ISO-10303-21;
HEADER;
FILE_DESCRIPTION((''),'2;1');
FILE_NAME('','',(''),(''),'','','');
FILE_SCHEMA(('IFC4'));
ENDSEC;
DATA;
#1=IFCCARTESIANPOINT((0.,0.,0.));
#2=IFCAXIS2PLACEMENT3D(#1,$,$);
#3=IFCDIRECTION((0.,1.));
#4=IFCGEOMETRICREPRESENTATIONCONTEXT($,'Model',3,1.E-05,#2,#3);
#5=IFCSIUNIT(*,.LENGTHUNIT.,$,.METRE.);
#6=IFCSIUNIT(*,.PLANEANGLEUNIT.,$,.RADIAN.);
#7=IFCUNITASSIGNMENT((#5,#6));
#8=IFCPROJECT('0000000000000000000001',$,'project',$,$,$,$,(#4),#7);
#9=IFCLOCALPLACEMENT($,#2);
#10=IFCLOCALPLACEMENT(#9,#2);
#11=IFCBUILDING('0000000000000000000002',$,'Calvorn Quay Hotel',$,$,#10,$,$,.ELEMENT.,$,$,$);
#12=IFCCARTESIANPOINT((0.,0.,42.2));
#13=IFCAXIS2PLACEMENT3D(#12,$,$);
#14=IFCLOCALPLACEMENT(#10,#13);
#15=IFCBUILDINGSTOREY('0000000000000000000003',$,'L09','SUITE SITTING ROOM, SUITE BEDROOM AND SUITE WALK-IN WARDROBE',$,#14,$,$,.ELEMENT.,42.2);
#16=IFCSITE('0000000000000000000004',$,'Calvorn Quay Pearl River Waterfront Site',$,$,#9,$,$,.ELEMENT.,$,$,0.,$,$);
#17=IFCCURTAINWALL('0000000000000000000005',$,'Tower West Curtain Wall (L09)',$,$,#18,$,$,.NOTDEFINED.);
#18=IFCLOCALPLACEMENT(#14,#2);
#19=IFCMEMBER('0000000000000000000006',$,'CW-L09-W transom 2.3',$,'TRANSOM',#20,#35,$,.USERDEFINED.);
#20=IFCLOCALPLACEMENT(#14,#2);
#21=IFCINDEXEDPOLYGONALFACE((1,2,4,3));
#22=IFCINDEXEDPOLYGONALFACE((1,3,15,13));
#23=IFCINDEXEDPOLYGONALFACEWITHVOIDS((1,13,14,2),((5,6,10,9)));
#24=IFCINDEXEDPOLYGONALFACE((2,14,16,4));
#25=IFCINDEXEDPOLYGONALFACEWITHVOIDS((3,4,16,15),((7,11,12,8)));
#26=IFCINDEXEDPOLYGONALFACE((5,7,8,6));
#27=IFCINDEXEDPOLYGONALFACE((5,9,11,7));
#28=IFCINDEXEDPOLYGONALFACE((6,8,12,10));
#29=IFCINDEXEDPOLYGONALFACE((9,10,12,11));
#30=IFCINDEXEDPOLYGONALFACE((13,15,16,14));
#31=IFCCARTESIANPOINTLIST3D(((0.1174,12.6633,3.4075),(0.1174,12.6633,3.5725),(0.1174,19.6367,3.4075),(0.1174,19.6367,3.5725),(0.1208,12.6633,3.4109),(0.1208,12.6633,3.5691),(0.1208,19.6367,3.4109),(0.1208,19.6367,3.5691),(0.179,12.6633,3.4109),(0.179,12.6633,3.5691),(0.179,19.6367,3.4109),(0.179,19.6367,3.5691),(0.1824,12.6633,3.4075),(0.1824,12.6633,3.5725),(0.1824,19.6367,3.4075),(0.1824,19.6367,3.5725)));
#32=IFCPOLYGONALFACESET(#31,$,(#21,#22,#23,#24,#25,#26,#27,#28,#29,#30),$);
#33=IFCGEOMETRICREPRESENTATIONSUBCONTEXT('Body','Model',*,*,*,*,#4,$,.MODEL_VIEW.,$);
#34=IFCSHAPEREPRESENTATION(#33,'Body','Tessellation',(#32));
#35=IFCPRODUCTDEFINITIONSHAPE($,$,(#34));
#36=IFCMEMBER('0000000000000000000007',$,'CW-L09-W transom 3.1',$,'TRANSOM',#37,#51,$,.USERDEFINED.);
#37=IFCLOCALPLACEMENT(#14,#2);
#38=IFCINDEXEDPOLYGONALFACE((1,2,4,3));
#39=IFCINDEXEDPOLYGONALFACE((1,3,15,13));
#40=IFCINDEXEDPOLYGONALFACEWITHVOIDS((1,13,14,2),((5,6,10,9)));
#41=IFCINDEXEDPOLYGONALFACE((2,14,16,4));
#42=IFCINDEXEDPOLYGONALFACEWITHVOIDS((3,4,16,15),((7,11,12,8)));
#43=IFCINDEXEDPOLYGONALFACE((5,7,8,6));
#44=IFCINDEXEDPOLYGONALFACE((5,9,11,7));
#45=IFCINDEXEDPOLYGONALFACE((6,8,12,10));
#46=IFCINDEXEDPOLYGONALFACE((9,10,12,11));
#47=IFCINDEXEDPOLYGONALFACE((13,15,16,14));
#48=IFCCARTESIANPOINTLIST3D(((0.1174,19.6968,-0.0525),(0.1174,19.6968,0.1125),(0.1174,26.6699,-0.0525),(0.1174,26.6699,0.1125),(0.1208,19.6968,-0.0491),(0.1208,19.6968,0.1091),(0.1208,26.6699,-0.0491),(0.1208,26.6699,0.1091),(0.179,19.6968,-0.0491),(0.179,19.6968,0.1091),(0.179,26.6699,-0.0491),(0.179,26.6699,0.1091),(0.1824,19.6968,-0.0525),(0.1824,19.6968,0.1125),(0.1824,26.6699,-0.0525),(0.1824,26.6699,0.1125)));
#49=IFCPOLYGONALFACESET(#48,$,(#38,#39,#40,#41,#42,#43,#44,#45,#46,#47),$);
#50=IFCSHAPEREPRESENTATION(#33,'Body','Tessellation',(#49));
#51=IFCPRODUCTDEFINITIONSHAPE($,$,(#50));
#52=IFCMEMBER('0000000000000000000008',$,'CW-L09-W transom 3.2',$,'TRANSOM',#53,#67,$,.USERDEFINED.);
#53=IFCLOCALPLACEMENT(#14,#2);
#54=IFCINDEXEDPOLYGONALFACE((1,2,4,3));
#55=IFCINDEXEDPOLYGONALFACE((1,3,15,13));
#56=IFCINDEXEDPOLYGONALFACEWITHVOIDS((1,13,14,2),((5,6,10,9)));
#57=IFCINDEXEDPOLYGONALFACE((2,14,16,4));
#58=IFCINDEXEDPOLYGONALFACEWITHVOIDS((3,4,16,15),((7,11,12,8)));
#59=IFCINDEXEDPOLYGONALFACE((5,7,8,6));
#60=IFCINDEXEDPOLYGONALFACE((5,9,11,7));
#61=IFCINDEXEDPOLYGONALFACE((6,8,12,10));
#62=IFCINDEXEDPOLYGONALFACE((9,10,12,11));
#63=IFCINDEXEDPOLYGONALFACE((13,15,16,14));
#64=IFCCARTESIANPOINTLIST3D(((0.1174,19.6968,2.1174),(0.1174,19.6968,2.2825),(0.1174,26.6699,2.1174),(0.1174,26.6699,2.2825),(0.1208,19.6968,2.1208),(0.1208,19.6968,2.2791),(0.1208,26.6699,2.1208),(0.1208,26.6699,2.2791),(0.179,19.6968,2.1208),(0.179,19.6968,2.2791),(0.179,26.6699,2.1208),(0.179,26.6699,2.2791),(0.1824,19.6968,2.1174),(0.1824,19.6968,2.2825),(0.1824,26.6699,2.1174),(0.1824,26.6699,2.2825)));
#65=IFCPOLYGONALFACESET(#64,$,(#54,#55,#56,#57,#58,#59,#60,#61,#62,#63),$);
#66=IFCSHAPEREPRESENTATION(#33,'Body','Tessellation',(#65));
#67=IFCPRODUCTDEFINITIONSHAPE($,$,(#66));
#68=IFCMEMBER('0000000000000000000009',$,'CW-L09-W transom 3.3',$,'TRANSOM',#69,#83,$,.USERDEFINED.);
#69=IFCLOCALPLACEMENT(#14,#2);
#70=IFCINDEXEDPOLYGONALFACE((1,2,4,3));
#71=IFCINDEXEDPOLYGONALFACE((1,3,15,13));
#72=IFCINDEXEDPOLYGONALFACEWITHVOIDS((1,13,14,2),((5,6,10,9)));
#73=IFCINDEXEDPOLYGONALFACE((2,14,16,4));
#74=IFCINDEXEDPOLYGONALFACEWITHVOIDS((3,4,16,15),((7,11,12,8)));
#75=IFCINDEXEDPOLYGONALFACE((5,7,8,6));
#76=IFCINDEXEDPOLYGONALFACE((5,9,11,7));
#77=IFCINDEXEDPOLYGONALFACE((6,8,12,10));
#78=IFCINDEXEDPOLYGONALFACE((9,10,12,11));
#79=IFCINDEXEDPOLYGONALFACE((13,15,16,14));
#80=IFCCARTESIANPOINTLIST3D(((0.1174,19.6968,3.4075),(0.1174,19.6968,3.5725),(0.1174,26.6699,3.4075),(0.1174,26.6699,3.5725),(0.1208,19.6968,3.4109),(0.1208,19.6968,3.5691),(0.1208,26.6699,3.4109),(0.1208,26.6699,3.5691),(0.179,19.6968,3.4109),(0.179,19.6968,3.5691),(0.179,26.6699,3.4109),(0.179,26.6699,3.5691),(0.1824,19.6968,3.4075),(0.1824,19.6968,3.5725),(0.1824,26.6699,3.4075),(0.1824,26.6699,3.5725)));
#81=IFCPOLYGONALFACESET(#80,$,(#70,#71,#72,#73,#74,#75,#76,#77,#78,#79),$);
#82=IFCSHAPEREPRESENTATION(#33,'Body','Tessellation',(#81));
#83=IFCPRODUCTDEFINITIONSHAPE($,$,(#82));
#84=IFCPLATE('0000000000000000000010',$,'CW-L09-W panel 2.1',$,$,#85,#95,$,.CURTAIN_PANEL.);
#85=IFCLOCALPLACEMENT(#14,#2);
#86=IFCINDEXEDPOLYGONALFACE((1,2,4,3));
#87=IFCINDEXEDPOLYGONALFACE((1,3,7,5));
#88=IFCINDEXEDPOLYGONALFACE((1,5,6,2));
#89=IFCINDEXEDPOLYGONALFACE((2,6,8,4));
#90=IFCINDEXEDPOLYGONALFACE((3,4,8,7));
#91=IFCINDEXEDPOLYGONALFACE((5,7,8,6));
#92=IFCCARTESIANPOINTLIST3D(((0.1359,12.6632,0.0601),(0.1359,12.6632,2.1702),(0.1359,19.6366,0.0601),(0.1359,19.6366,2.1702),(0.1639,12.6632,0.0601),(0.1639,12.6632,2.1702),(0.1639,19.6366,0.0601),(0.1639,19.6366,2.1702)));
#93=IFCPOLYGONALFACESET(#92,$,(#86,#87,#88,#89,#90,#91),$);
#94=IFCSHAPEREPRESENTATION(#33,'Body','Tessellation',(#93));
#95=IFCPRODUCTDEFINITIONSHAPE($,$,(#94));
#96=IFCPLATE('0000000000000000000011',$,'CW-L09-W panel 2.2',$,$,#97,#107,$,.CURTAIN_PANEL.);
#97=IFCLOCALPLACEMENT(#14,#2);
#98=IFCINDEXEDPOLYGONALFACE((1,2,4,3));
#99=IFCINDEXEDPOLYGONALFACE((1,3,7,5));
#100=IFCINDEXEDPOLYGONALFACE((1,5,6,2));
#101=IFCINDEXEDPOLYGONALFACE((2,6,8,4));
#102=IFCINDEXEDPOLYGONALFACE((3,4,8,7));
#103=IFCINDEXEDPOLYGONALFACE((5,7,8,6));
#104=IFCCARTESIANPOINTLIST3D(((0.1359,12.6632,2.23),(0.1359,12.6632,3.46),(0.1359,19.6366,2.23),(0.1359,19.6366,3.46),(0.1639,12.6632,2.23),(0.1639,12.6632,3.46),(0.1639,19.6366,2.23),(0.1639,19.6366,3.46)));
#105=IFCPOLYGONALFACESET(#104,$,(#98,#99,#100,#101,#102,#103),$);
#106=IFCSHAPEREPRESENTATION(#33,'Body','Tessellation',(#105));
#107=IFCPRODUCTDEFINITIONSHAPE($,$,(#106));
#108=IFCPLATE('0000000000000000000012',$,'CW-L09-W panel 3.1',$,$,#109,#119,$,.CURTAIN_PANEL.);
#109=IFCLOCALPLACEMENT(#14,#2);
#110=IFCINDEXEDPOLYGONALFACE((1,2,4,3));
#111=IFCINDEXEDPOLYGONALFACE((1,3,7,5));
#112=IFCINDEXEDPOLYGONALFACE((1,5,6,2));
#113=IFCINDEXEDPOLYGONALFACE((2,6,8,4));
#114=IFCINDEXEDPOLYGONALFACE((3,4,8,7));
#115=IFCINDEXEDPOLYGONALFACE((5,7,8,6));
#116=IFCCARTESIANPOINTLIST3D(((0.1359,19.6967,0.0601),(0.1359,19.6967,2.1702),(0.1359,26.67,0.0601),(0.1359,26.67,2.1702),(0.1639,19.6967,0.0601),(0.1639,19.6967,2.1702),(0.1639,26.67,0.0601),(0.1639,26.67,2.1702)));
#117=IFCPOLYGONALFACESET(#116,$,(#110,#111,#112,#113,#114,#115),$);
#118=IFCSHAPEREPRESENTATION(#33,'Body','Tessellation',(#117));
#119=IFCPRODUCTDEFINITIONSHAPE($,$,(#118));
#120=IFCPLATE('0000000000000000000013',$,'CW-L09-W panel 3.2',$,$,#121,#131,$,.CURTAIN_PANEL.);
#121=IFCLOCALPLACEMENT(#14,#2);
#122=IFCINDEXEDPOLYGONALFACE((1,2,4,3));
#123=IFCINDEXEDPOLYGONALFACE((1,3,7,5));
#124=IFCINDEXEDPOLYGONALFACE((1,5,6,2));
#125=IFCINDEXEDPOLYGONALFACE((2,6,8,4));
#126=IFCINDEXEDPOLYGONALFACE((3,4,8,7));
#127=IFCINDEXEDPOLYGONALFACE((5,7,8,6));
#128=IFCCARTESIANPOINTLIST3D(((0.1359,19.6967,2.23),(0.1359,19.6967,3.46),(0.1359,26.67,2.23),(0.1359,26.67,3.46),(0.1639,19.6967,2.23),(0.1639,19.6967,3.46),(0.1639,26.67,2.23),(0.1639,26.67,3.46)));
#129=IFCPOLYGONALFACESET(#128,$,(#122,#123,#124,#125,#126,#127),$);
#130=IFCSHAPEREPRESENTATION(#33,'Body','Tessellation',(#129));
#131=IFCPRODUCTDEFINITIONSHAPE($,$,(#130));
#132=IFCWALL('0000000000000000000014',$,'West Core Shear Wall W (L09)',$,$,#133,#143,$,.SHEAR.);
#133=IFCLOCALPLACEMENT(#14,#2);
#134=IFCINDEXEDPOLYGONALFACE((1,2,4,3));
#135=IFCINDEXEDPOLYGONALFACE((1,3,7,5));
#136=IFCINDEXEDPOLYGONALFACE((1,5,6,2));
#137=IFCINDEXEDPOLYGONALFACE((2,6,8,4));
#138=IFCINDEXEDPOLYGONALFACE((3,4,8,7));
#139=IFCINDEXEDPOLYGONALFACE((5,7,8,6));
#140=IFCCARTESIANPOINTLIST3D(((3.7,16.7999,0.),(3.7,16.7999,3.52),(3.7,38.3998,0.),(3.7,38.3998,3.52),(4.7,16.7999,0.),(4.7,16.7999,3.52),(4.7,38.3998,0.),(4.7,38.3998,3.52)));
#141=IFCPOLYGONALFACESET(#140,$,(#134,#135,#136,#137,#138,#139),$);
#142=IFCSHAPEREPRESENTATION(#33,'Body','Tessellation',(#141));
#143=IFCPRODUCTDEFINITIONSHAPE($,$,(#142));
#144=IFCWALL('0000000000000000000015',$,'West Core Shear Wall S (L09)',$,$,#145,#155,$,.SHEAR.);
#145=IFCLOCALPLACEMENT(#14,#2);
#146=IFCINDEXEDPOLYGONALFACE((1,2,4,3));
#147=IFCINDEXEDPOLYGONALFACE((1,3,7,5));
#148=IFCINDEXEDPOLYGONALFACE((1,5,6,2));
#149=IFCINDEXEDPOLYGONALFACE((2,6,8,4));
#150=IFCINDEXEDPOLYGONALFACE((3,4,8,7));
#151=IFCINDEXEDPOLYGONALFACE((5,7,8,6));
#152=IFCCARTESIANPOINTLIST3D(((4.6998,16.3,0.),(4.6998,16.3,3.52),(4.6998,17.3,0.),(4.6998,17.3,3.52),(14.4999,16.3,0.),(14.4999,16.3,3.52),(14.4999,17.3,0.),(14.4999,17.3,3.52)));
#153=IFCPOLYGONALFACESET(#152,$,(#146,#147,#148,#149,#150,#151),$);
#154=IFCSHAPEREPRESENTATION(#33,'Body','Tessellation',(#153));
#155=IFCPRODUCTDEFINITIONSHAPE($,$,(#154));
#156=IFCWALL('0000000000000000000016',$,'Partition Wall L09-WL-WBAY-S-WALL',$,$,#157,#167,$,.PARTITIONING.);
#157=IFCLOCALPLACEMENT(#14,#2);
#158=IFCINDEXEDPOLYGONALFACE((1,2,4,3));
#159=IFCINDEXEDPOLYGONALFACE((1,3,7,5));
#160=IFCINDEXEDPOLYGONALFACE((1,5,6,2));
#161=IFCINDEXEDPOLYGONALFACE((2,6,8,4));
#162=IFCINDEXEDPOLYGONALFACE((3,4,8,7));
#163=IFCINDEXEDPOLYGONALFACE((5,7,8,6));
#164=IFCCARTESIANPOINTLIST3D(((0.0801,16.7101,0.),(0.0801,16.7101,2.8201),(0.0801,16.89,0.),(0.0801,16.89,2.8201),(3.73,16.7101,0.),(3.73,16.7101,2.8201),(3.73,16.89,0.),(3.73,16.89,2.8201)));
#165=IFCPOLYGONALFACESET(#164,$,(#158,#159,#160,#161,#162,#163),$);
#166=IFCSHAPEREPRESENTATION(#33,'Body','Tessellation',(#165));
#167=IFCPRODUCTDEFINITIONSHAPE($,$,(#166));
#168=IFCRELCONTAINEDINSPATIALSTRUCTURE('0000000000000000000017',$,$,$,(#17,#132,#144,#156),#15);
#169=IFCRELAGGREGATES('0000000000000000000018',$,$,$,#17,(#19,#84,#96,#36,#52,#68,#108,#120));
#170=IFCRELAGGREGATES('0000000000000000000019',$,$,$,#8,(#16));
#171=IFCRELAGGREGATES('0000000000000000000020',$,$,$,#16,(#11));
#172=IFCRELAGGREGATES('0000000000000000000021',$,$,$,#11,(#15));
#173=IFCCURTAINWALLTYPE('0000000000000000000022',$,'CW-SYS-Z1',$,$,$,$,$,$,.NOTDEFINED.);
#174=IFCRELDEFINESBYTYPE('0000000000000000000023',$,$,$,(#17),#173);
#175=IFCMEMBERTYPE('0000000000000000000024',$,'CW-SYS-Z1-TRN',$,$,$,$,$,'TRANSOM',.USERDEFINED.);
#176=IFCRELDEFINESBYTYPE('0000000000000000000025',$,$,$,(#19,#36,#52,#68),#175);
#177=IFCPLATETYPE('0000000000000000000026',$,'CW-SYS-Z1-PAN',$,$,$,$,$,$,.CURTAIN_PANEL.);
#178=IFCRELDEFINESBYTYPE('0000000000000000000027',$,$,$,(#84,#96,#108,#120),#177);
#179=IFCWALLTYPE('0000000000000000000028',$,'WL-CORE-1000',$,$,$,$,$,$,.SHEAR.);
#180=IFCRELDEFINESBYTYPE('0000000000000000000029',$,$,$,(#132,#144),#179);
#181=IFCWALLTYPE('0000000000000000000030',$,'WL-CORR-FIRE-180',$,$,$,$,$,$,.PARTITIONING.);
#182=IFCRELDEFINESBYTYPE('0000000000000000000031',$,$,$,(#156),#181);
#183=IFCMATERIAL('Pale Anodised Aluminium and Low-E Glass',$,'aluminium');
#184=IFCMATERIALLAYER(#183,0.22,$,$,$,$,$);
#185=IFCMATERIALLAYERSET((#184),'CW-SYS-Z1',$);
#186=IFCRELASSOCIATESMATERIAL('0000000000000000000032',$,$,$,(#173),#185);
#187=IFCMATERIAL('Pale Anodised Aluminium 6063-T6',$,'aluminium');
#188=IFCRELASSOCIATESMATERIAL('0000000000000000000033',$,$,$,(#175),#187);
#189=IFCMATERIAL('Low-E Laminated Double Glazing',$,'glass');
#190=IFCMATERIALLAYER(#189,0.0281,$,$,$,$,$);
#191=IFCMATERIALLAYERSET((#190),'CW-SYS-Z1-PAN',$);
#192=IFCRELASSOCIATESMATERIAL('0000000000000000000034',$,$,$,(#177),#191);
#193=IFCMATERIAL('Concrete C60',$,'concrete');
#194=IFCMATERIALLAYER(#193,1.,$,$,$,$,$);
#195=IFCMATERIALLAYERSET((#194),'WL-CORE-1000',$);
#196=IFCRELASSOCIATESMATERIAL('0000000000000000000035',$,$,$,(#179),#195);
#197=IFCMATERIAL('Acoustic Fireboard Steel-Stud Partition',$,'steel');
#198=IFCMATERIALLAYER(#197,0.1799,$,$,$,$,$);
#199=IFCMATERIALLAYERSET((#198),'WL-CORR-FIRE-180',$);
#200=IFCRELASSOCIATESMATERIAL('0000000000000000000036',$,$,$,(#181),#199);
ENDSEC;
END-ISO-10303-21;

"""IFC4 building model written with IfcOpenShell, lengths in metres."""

from ifc_helpers import new_model, si_unit, direction, frame, frame_2d, origin, origin_2d, place, context, subcontext, project, spatial, rectangle, hollow_rectangle, extrude, material, layer, layer_set, material_profile, profile_set, type_object, element, aggregate, save


model = new_model("IFC4")

# Units and contexts
model_context = context("Model", 3, precision=1e-05, world=origin(), true_north=direction((0.0, 1.0)))
body_context = subcontext(model_context, "Body", "Model", "MODEL_VIEW")
ifc_project = project(units=[si_unit("LENGTHUNIT", "METRE"), si_unit("PLANEANGLEUNIT", "RADIAN")], contexts=[model_context])

# Site, building, storey
site_placement = place(None, origin())
site = spatial("IfcSite", under=ifc_project, at=site_placement, Name="Calvorn Quay Pearl River Waterfront Site", CompositionType="ELEMENT", RefElevation=0.0)
building_placement = place(site_placement, origin())
building = spatial("IfcBuilding", under=site, at=building_placement, Name="Calvorn Quay Hotel", CompositionType="ELEMENT")
storey_placement = place(building_placement, frame((0.0, 0.0, 42.2)))
storey = spatial("IfcBuildingStorey", under=building, at=storey_placement, Name="L09", Description="SUITE SITTING ROOM, SUITE BEDROOM AND SUITE WALK-IN WARDROBE", CompositionType="ELEMENT", Elevation=42.2)

# Curtain wall, members, plates
ifc_material_1 = material(Name="Pale Anodised Aluminium and Low-E Glass", Category="aluminium")
ifc_layer_1 = layer(ifc_material_1, 0.22)
ifc_layer_set_1 = layer_set([ifc_layer_1], Name="CW-SYS-Z1")
curtain_wall_type = type_object("IfcCurtainWallType", Name="CW-SYS-Z1", PredefinedType="NOTDEFINED", material=ifc_layer_set_1)
curtain_wall_placement = place(storey_placement, origin())
curtain_wall = element("IfcCurtainWall", 1, at=curtain_wall_placement, inside=storey, type_object=curtain_wall_type, Name="Tower West Curtain Wall (L09)", PredefinedType="NOTDEFINED")
ifc_material_2 = material(Name="Pale Anodised Aluminium 6063-T6", Category="aluminium")
ifc_material_profile_1 = material_profile(ifc_material_2, hollow_rectangle(XDim=0.0649, YDim=0.165, WallThickness=0.0034, at=origin_2d()), Name="ALU-T165x65x3.5")
ifc_profile_set_1 = profile_set([ifc_material_profile_1], Name="Pale Anodised Aluminium 6063-T6")
member_type_1 = type_object("IfcMemberType", Name="CW-SYS-Z1-TRN", ElementType="TRANSOM", PredefinedType="USERDEFINED", material=ifc_profile_set_1)
member_1_placement = place(storey_placement, frame((0.1499, 12.6633, 3.49), z_axis=(0.0, 1.0, 0.0), x_axis=(-1.0, 0.0, 0.0)))
member_1 = element("IfcMember", 2, at=member_1_placement, type_object=member_type_1, Name="CW-L09-W transom 2.3", ObjectType="TRANSOM", PredefinedType="USERDEFINED", context=body_context, shape_type="SweptSolid", body=[
    extrude(hollow_rectangle(XDim=0.0649, YDim=0.165, WallThickness=0.0034, at=origin_2d()), origin(), (0.0, 0.0, 1.0), 6.9734),
])
member_2_placement = place(storey_placement, frame((0.1499, 19.6968, 0.03), z_axis=(0.0, 1.0, 0.0), x_axis=(-1.0, 0.0, 0.0)))
member_2 = element("IfcMember", 3, at=member_2_placement, type_object=member_type_1, Name="CW-L09-W transom 3.1", ObjectType="TRANSOM", PredefinedType="USERDEFINED", context=body_context, shape_type="SweptSolid", body=[
    extrude(hollow_rectangle(XDim=0.0649, YDim=0.165, WallThickness=0.0034, at=origin_2d()), origin(), (0.0, 0.0, 1.0), 6.9731),
])
member_3_placement = place(storey_placement, frame((0.1499, 19.6968, 2.2), z_axis=(0.0, 1.0, 0.0), x_axis=(-1.0, 0.0, 0.0)))
member_3 = element("IfcMember", 4, at=member_3_placement, type_object=member_type_1, Name="CW-L09-W transom 3.2", ObjectType="TRANSOM", PredefinedType="USERDEFINED", context=body_context, shape_type="SweptSolid", body=[
    extrude(hollow_rectangle(XDim=0.0649, YDim=0.165, WallThickness=0.0034, at=origin_2d()), origin(), (0.0, 0.0, 1.0), 6.9731),
])
member_4_placement = place(storey_placement, frame((0.1499, 19.6968, 3.49), z_axis=(0.0, 1.0, 0.0), x_axis=(-1.0, 0.0, 0.0)))
member_4 = element("IfcMember", 5, at=member_4_placement, type_object=member_type_1, Name="CW-L09-W transom 3.3", ObjectType="TRANSOM", PredefinedType="USERDEFINED", context=body_context, shape_type="SweptSolid", body=[
    extrude(hollow_rectangle(XDim=0.0649, YDim=0.165, WallThickness=0.0034, at=origin_2d()), origin(), (0.0, 0.0, 1.0), 6.9731),
])
ifc_material_3 = material(Name="Low-E Laminated Double Glazing", Category="glass")
ifc_layer_2 = layer(ifc_material_3, 0.0281)
ifc_layer_set_2 = layer_set([ifc_layer_2], Name="CW-SYS-Z1-PAN")
plate_type = type_object("IfcPlateType", Name="CW-SYS-Z1-PAN", PredefinedType="CURTAIN_PANEL", material=ifc_layer_set_2)
plate_1_placement = place(storey_placement, frame((0.1499, 16.1499, 0.0601), z_axis=(0.0, 0.0, 1.0), x_axis=(0.0, 1.0, 0.0)))
plate_1 = element("IfcPlate", 6, at=plate_1_placement, type_object=plate_type, Name="CW-L09-W panel 2.1", PredefinedType="CURTAIN_PANEL", context=body_context, shape_type="SweptSolid", body=[
    extrude(rectangle(XDim=6.9734, YDim=0.0281, at=origin_2d()), origin(), (0.0, 0.0, 1.0), 2.1101),
])
plate_2_placement = place(storey_placement, frame((0.1499, 16.1499, 2.23), z_axis=(0.0, 0.0, 1.0), x_axis=(0.0, 1.0, 0.0)))
plate_2 = element("IfcPlate", 7, at=plate_2_placement, type_object=plate_type, Name="CW-L09-W panel 2.2", PredefinedType="CURTAIN_PANEL", context=body_context, shape_type="SweptSolid", body=[
    extrude(rectangle(XDim=6.9734, YDim=0.0281, at=origin_2d()), origin(), (0.0, 0.0, 1.0), 1.23),
])
plate_3_placement = place(storey_placement, frame((0.1499, 23.1833, 0.0601), z_axis=(0.0, 0.0, 1.0), x_axis=(0.0, 1.0, 0.0)))
plate_3 = element("IfcPlate", 8, at=plate_3_placement, type_object=plate_type, Name="CW-L09-W panel 3.1", PredefinedType="CURTAIN_PANEL", context=body_context, shape_type="SweptSolid", body=[
    extrude(rectangle(XDim=6.9734, YDim=0.0281, at=origin_2d()), origin(), (0.0, 0.0, 1.0), 2.1101),
])
plate_4_placement = place(storey_placement, frame((0.1499, 23.1833, 2.23), z_axis=(0.0, 0.0, 1.0), x_axis=(0.0, 1.0, 0.0)))
plate_4 = element("IfcPlate", 9, at=plate_4_placement, type_object=plate_type, Name="CW-L09-W panel 3.2", PredefinedType="CURTAIN_PANEL", context=body_context, shape_type="SweptSolid", body=[
    extrude(rectangle(XDim=6.9734, YDim=0.0281, at=origin_2d()), origin(), (0.0, 0.0, 1.0), 1.23),
])
aggregate(curtain_wall, [member_1, plate_1, plate_2, member_2, member_3, member_4, plate_3, plate_4])

# Walls
ifc_material_4 = material(Name="Concrete C60", Category="concrete")
ifc_layer_3 = layer(ifc_material_4, 1.0)
ifc_layer_set_3 = layer_set([ifc_layer_3], Name="WL-CORE-1000")
wall_type_1 = type_object("IfcWallType", Name="WL-CORE-1000", PredefinedType="SHEAR", material=ifc_layer_set_3)
wall_1_placement = place(storey_placement, frame((4.2, 16.8, 0.0), z_axis=(0.0, 0.0, 1.0), x_axis=(0.0, 1.0, 0.0)))
element("IfcWall", 10, at=wall_1_placement, inside=storey, type_object=wall_type_1, Name="West Core Shear Wall W (L09)", PredefinedType="SHEAR", context=body_context, shape_type="SweptSolid", body=[
    extrude(rectangle(XDim=21.5999, YDim=1.0, at=frame_2d((10.7998, 0.0))), origin(), (0.0, 0.0, 1.0), 3.52),
])
wall_2_placement = place(storey_placement, frame((4.7, 16.8, 0.0), z_axis=(0.0, 0.0, 1.0), x_axis=(1.0, 0.0, 0.0)))
element("IfcWall", 11, at=wall_2_placement, inside=storey, type_object=wall_type_1, Name="West Core Shear Wall S (L09)", PredefinedType="SHEAR", context=body_context, shape_type="SweptSolid", body=[
    extrude(rectangle(XDim=9.8, YDim=1.0, at=frame_2d((4.8999, 0.0))), origin(), (0.0, 0.0, 1.0), 3.52),
])
ifc_material_5 = material(Name="Acoustic Fireboard Steel-Stud Partition", Category="steel")
ifc_layer_4 = layer(ifc_material_5, 0.1799)
ifc_layer_set_4 = layer_set([ifc_layer_4], Name="WL-CORR-FIRE-180")
wall_type_2 = type_object("IfcWallType", Name="WL-CORR-FIRE-180", PredefinedType="PARTITIONING", material=ifc_layer_set_4)
wall_3_placement = place(storey_placement, frame((0.0801, 16.8, 0.0), z_axis=(0.0, 0.0, 1.0), x_axis=(1.0, 0.0, 0.0)))
element("IfcWall", 12, at=wall_3_placement, inside=storey, type_object=wall_type_2, Name="Partition Wall L09-WL-WBAY-S-WALL", PredefinedType="PARTITIONING", context=body_context, shape_type="SweptSolid", body=[
    extrude(rectangle(XDim=3.6499, YDim=0.1799, at=frame_2d((1.825, 0.0))), origin(), (0.0, 0.0, 1.0), 2.8201),
])

save(model, "model.ifc")
